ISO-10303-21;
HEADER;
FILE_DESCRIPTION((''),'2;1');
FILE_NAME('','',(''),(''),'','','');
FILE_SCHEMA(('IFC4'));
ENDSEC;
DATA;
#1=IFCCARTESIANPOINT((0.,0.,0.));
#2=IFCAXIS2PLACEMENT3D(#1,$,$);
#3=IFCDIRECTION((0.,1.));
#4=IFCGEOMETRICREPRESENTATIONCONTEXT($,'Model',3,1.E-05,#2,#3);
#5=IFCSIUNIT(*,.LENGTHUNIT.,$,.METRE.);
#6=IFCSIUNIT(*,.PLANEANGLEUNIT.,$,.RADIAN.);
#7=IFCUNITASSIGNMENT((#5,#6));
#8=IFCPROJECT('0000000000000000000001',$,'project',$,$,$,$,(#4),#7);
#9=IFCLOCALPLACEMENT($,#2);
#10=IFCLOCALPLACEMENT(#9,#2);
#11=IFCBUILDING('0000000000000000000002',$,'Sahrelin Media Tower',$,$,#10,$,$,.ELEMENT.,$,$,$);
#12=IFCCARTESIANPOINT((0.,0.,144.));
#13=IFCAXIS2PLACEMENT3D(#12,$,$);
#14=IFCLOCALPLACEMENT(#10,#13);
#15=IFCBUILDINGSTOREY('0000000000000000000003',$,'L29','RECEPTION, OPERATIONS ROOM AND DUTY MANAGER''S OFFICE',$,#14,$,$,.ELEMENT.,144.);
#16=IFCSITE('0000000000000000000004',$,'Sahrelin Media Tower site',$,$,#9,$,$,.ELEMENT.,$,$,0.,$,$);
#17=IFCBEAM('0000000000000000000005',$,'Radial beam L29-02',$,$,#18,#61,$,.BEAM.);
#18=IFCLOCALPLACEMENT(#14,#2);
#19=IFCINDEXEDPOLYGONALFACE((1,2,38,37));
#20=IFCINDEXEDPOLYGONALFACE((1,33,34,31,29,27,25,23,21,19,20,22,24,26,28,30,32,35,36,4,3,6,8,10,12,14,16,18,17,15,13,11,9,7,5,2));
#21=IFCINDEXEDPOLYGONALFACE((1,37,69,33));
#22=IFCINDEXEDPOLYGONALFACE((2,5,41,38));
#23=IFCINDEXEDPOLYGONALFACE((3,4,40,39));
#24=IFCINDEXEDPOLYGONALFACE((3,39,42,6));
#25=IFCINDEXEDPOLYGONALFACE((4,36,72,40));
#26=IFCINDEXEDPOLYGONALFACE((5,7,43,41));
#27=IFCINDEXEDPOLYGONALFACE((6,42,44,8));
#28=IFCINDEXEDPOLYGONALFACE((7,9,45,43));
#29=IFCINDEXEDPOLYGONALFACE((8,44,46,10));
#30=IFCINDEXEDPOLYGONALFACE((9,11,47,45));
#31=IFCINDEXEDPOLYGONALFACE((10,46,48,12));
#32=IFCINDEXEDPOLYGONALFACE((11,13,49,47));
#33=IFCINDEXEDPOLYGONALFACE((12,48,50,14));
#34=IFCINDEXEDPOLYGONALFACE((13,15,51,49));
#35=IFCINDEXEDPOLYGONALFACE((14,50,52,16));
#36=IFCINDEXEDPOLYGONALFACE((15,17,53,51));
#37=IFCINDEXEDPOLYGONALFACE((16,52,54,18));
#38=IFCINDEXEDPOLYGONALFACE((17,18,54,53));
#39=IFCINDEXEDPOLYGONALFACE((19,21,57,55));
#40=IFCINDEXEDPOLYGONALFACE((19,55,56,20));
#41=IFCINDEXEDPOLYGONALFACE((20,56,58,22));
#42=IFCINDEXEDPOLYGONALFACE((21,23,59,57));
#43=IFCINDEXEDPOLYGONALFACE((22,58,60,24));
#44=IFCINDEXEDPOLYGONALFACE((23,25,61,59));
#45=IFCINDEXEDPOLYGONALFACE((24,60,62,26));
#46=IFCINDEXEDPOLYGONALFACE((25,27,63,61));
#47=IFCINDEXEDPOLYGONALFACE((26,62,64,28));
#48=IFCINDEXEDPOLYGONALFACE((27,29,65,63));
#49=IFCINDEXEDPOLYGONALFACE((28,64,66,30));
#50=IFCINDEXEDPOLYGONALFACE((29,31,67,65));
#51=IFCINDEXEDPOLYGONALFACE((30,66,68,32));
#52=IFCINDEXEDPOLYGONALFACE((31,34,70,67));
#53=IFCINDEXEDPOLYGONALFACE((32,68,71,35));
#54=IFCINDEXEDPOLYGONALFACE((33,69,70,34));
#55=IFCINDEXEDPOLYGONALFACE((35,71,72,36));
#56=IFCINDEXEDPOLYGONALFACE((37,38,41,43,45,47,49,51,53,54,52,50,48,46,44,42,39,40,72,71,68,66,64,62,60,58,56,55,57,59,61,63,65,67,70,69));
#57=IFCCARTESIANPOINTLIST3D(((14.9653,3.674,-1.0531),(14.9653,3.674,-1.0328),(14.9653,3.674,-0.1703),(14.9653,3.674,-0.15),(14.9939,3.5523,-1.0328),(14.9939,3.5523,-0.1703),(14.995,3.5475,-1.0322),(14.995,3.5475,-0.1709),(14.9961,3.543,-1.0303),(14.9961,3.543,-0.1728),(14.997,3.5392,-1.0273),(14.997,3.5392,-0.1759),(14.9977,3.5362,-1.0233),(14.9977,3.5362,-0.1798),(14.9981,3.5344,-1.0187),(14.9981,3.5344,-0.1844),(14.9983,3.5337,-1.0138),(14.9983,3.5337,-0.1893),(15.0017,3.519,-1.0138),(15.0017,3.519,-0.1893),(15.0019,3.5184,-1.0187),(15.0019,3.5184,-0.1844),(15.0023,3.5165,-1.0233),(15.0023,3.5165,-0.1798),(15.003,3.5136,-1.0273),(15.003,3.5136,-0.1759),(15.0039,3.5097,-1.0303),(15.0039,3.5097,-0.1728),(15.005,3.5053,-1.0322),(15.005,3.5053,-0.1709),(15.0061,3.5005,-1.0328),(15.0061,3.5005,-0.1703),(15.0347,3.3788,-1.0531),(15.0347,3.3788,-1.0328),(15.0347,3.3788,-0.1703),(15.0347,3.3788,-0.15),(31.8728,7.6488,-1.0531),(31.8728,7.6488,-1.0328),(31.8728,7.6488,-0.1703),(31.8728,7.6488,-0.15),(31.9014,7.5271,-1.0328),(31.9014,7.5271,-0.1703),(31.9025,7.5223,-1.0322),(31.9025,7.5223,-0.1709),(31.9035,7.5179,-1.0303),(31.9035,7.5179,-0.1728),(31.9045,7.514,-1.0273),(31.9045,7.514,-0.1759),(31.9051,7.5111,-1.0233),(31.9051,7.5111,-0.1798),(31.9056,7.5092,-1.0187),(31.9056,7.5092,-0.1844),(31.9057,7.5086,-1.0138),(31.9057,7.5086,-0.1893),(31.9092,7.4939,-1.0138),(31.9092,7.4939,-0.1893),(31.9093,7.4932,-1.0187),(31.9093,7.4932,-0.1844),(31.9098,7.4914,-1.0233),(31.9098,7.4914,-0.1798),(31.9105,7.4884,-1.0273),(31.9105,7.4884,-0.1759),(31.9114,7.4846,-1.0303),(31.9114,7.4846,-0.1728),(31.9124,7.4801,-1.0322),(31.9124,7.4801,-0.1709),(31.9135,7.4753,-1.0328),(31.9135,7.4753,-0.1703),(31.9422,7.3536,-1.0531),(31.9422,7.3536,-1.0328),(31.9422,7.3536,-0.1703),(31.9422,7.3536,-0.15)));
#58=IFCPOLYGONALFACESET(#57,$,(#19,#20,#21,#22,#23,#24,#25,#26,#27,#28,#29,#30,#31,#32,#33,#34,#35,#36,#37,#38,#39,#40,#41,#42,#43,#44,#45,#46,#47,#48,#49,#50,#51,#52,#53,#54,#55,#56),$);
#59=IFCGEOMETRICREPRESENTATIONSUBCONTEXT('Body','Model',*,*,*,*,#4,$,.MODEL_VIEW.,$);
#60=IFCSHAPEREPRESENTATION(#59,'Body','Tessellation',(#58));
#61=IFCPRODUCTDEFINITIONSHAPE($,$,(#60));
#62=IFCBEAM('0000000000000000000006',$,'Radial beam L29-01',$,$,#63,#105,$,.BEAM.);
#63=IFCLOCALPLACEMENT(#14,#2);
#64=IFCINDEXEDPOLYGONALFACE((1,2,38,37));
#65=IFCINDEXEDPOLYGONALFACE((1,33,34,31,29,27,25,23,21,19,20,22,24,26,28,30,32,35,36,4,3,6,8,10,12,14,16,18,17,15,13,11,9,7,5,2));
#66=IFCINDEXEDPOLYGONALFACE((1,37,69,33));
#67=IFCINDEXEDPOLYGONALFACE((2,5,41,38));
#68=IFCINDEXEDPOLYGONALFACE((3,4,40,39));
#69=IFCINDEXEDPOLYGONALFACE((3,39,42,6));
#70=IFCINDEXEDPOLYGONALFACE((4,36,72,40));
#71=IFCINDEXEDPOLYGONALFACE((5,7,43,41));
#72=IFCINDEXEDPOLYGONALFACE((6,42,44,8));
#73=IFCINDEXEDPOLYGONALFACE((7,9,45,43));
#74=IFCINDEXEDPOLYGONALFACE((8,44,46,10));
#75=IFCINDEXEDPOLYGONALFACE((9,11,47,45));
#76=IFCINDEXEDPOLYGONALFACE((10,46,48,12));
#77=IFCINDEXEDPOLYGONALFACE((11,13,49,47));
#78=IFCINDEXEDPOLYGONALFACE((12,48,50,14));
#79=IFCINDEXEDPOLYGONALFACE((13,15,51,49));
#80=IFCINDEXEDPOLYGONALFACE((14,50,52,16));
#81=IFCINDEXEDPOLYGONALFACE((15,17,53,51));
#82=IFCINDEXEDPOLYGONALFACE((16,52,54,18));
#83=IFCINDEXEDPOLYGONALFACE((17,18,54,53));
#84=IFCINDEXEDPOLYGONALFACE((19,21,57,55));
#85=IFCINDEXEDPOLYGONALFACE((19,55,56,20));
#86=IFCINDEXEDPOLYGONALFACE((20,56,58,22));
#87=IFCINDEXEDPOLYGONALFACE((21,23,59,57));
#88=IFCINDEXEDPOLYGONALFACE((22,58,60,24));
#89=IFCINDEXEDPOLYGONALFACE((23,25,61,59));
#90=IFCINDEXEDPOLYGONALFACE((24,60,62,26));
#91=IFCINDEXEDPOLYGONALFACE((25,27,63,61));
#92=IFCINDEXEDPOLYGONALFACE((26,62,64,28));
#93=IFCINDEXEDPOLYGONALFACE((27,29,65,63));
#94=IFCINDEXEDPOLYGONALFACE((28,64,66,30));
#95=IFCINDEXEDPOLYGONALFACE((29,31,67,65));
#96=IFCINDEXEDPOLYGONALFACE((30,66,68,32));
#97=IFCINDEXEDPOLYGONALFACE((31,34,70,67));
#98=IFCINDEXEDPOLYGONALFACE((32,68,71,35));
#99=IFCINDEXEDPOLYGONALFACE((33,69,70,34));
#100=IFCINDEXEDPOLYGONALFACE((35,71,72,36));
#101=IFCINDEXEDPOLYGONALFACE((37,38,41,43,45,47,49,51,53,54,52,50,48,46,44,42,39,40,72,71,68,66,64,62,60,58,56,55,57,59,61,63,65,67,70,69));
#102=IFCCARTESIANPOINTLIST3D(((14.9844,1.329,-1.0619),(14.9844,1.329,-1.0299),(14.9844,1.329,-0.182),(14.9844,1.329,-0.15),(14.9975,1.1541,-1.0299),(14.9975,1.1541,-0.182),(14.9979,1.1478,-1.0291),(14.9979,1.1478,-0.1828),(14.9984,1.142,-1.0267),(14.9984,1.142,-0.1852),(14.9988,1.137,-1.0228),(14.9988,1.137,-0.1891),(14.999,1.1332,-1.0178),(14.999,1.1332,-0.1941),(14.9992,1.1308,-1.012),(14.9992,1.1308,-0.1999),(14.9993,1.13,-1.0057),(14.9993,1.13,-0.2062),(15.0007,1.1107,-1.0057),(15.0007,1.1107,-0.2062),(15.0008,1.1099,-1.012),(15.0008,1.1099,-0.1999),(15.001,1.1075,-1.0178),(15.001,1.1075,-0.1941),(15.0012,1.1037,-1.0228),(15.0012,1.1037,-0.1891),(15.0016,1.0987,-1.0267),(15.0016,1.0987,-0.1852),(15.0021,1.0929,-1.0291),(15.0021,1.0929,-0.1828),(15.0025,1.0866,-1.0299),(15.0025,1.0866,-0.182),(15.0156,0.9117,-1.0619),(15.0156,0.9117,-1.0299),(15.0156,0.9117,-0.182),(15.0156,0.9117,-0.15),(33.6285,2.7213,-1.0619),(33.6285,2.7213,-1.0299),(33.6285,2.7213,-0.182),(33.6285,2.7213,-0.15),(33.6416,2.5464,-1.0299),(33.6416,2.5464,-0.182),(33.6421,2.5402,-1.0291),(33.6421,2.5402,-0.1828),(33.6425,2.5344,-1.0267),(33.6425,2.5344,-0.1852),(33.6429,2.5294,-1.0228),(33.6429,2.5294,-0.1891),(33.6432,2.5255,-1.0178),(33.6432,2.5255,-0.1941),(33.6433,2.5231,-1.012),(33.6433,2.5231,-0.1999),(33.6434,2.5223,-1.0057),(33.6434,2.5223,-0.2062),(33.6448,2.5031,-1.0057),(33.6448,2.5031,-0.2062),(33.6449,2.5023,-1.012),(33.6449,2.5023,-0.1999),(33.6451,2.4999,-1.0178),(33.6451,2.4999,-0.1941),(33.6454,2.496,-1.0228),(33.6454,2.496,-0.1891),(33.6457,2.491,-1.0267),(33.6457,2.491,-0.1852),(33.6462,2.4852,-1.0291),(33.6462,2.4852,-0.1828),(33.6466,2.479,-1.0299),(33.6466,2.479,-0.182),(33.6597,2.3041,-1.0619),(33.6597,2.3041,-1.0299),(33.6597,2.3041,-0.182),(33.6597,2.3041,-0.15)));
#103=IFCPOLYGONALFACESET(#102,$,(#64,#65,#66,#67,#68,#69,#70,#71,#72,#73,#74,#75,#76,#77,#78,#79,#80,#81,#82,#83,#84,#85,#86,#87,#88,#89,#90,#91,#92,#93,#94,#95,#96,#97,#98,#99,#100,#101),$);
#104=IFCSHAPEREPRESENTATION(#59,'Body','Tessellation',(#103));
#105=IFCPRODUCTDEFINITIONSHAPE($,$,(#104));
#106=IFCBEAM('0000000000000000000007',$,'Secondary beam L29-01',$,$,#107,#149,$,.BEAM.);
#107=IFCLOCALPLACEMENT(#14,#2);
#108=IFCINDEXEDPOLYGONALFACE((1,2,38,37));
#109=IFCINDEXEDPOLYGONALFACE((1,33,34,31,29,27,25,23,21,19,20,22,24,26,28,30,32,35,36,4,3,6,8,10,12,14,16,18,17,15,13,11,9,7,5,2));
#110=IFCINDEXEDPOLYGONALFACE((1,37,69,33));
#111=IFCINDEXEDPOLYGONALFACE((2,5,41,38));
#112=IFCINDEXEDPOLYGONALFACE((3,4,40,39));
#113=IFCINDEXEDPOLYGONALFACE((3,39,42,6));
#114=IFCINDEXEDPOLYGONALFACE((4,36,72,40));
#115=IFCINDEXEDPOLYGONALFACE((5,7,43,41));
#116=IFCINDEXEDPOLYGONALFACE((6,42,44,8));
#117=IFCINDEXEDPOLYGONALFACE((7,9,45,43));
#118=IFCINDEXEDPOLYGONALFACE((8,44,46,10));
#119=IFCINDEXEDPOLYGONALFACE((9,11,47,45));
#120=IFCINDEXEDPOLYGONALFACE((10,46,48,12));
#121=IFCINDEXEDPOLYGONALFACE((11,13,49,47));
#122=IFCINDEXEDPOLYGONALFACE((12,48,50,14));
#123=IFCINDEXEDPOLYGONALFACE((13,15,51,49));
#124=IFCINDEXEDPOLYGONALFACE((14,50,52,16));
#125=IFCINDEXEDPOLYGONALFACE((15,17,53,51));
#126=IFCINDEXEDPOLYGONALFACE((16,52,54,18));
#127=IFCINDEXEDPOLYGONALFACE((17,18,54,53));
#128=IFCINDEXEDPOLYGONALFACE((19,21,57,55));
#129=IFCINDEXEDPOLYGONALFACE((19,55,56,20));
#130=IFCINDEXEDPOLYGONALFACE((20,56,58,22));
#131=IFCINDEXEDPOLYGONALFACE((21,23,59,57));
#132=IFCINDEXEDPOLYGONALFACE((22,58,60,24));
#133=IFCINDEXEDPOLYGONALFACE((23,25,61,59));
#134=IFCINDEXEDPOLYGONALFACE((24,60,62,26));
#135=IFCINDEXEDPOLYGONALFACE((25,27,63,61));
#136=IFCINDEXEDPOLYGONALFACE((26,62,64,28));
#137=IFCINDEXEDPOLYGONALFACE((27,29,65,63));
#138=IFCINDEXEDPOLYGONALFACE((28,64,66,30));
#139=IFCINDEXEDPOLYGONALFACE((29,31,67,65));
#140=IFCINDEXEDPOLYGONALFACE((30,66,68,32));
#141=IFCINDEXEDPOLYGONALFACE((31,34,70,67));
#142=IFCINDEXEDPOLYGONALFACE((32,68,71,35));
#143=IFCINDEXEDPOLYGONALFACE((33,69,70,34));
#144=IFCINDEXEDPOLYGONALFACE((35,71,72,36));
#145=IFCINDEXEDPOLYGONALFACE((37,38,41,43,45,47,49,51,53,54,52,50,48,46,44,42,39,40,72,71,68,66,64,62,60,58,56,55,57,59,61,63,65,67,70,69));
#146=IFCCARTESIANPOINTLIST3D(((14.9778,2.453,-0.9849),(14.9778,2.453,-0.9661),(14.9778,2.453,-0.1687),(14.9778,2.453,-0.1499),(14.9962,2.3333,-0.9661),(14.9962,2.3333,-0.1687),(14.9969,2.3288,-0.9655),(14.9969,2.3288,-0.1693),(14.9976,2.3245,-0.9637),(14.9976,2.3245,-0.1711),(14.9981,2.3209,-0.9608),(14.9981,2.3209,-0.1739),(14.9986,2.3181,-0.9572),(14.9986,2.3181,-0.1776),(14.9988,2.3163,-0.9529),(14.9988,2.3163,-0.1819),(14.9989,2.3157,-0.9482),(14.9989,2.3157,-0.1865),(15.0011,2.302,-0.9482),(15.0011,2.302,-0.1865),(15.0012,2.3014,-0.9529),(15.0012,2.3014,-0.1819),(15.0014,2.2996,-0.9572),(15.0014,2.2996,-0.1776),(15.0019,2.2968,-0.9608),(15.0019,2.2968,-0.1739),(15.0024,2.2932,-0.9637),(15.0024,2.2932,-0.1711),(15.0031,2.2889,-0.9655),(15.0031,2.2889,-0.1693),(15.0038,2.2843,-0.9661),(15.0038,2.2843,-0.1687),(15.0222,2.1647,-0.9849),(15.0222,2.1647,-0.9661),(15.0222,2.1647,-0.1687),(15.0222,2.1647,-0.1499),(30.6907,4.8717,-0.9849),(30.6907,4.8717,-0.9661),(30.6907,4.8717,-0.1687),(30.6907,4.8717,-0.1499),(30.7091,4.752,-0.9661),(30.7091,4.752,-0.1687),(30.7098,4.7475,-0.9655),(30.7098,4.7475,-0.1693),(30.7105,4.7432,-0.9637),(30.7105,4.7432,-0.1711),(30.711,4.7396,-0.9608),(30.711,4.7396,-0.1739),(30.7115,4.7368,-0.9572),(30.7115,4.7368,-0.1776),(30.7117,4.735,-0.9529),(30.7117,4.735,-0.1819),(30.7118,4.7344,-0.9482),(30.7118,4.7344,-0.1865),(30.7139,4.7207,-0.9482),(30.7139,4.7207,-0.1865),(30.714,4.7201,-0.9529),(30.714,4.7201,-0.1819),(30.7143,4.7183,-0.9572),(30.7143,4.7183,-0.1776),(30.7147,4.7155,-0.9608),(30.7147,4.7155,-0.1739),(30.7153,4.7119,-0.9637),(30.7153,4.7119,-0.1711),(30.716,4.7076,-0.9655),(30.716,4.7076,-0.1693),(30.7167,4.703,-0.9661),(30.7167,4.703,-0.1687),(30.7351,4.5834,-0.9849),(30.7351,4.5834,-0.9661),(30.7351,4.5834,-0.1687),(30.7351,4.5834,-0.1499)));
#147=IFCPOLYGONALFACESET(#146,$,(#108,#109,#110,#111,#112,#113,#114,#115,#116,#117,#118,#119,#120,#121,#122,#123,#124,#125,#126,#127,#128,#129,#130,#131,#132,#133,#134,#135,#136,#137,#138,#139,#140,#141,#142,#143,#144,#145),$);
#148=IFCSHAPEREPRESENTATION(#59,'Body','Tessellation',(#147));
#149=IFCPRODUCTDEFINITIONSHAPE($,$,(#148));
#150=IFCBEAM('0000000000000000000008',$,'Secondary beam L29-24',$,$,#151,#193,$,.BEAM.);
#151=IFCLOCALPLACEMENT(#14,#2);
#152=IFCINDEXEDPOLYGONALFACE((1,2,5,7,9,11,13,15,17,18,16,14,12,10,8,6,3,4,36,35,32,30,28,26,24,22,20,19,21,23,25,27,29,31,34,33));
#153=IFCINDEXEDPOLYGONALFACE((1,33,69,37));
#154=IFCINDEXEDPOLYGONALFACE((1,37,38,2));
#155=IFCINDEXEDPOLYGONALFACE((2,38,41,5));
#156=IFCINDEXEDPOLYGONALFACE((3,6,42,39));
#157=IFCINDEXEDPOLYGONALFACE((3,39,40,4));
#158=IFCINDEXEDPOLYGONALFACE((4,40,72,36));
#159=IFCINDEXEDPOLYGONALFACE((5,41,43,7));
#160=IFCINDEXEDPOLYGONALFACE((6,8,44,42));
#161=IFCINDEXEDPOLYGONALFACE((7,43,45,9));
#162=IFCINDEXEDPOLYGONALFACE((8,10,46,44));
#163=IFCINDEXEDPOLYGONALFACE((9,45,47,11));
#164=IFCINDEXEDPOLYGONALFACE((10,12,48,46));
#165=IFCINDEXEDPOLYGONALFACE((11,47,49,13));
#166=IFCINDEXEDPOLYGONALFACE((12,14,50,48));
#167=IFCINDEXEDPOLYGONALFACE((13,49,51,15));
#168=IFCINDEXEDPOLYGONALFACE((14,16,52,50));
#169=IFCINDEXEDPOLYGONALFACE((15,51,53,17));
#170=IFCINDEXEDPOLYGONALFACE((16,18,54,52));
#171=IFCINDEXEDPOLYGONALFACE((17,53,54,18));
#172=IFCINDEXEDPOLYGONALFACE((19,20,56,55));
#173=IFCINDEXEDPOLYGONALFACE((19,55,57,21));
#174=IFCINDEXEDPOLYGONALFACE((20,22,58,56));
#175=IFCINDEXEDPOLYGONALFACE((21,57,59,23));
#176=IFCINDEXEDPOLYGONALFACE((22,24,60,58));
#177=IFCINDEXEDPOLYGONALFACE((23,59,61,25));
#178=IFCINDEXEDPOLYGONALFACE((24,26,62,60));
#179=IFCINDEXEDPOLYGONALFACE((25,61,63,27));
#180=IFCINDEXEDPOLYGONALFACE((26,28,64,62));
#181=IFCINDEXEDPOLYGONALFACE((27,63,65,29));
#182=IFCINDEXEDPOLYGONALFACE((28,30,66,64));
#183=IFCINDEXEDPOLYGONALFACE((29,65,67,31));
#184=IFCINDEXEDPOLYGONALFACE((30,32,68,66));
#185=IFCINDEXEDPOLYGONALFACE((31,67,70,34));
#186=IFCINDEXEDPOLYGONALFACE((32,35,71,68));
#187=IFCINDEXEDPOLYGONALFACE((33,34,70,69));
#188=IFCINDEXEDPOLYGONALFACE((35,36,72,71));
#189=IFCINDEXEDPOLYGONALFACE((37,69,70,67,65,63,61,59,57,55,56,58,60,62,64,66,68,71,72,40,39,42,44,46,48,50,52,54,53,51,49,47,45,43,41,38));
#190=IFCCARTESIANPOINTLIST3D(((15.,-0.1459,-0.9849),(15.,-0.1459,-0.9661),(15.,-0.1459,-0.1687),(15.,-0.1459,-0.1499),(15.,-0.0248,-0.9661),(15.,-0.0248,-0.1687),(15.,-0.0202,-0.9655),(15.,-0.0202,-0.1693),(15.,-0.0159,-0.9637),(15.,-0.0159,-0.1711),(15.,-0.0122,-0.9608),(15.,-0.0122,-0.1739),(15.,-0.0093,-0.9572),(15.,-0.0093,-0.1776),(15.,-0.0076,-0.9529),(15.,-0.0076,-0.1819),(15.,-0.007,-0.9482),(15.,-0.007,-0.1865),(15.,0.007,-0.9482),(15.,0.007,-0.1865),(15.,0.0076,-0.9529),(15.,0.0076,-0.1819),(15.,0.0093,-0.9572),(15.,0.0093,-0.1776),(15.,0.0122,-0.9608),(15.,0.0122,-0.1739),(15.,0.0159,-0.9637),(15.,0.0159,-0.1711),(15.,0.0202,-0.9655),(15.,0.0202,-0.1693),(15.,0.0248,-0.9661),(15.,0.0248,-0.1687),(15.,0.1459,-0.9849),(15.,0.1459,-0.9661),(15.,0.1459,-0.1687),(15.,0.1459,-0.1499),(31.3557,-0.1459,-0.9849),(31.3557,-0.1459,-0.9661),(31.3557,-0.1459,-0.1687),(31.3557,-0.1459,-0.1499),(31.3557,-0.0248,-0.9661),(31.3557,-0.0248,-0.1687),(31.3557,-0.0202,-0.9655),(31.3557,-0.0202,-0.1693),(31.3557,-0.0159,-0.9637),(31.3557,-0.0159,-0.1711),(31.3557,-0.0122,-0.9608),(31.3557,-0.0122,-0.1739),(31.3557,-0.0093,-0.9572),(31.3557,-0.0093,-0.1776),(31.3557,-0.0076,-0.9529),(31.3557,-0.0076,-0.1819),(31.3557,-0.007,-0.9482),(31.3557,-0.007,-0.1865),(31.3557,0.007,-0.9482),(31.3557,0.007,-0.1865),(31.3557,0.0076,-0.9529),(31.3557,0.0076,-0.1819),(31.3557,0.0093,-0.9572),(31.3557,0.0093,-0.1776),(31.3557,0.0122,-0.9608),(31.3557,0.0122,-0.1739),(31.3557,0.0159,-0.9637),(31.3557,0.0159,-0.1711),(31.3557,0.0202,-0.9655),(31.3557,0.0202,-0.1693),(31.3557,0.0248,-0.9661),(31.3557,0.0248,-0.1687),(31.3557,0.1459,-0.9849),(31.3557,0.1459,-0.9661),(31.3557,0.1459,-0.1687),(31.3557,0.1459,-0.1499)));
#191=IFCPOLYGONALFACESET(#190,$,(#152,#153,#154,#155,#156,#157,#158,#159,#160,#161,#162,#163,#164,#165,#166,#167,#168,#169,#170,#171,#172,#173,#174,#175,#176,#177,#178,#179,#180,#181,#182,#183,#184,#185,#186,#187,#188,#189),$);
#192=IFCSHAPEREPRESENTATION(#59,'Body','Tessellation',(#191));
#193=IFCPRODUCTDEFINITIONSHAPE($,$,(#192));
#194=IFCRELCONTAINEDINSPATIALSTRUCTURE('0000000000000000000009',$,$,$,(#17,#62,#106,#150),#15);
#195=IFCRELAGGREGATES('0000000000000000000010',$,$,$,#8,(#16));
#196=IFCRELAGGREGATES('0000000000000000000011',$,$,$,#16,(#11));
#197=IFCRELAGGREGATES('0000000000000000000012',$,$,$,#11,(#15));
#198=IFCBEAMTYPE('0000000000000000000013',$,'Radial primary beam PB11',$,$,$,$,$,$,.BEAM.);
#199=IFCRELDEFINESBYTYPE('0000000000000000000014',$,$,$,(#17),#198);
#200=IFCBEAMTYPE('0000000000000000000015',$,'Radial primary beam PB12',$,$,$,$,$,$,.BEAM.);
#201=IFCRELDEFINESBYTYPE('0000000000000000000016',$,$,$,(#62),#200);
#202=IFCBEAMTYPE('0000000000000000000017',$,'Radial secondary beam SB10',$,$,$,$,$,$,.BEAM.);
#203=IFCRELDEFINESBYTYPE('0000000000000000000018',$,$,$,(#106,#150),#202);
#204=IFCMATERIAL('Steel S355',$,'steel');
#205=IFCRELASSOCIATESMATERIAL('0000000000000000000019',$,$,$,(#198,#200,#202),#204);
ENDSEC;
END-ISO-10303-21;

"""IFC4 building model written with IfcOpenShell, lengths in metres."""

from ifc_helpers import new_model, si_unit, direction, frame, origin, origin_2d, place, context, subcontext, project, spatial, i_section, extrude, material, material_profile, profile_set, type_object, element, save


model = new_model("IFC4")

# Units and contexts
model_context = context("Model", 3, precision=1e-05, world=origin(), true_north=direction((0.0, 1.0)))
body_context = subcontext(model_context, "Body", "Model", "MODEL_VIEW")
ifc_project = project(units=[si_unit("LENGTHUNIT", "METRE"), si_unit("PLANEANGLEUNIT", "RADIAN")], contexts=[model_context])

# Site, building, storey
site_placement = place(None, origin())
site = spatial("IfcSite", under=ifc_project, at=site_placement, Name="Sahrelin Media Tower site", CompositionType="ELEMENT", RefElevation=0.0)
building_placement = place(site_placement, origin())
building = spatial("IfcBuilding", under=site, at=building_placement, Name="Sahrelin Media Tower", CompositionType="ELEMENT")
storey_placement = place(building_placement, frame((0.0, 0.0, 144.0)))
storey = spatial("IfcBuildingStorey", under=building, at=storey_placement, Name="L29", Description="RECEPTION, OPERATIONS ROOM AND DUTY MANAGER'S OFFICE", CompositionType="ELEMENT", Elevation=144.0)

# Beams
ifc_material_1 = material(Name="Steel S355", Category="steel")
ifc_material_profile_1 = material_profile(ifc_material_1, i_section(OverallWidth=0.3032, OverallDepth=0.9031, WebThickness=0.0151, FlangeThickness=0.0203, FilletRadius=0.019, at=origin_2d()), Name="UB 914x305x201")
ifc_profile_set_1 = profile_set([ifc_material_profile_1], Name="Steel S355")
beam_type_1 = type_object("IfcBeamType", Name="Radial primary beam PB11", PredefinedType="BEAM", material=ifc_profile_set_1)
beam_1_placement = place(storey_placement, frame((15.0, 3.5264, -0.6016), z_axis=(0.97346, 0.228855, 0.0), x_axis=(-0.228855, 0.97346, 0.0)))
element("IfcBeam", 1, at=beam_1_placement, inside=storey, type_object=beam_type_1, Name="Radial beam L29-02", PredefinedType="BEAM", context=body_context, shape_type="SweptSolid", body=[
    extrude(i_section(OverallWidth=0.3032, OverallDepth=0.9031, WebThickness=0.0151, FlangeThickness=0.0203, FilletRadius=0.019, at=origin_2d()), origin(), (0.0, 0.0, 1.0), 17.3684),
])
ifc_material_profile_2 = material_profile(ifc_material_1, i_section(OverallWidth=0.4185, OverallDepth=0.9119, WebThickness=0.0193, FlangeThickness=0.032, FilletRadius=0.0242, at=origin_2d()), Name="UB 914x419x343")
ifc_profile_set_2 = profile_set([ifc_material_profile_2], Name="Steel S355")
beam_type_2 = type_object("IfcBeamType", Name="Radial primary beam PB12", PredefinedType="BEAM", material=ifc_profile_set_2)
beam_2_placement = place(storey_placement, frame((15.0, 1.1204, -0.606), z_axis=(0.997223, 0.074472, 0.0), x_axis=(-0.074472, 0.997223, 0.0)))
element("IfcBeam", 2, at=beam_2_placement, inside=storey, type_object=beam_type_2, Name="Radial beam L29-01", PredefinedType="BEAM", context=body_context, shape_type="SweptSolid", body=[
    extrude(i_section(OverallWidth=0.4185, OverallDepth=0.9119, WebThickness=0.0193, FlangeThickness=0.032, FilletRadius=0.0242, at=origin_2d()), origin(), (0.0, 0.0, 1.0), 18.696),
])
ifc_material_profile_3 = material_profile(ifc_material_1, i_section(OverallWidth=0.2917, OverallDepth=0.835, WebThickness=0.0139, FlangeThickness=0.0188, FilletRadius=0.0178, at=origin_2d()), Name="UB 838x292x176")
ifc_profile_set_3 = profile_set([ifc_material_profile_3], Name="Steel S355")
beam_type_3 = type_object("IfcBeamType", Name="Radial secondary beam SB10", PredefinedType="BEAM", material=ifc_profile_set_3)
beam_3_placement = place(storey_placement, frame((15.0, 2.3088, -0.5674), z_axis=(0.988359, 0.152139, 0.0), x_axis=(-0.152139, 0.988359, 0.0)))
element("IfcBeam", 3, at=beam_3_placement, inside=storey, type_object=beam_type_3, Name="Secondary beam L29-01", PredefinedType="BEAM", context=body_context, shape_type="SweptSolid", body=[
    extrude(i_section(OverallWidth=0.2917, OverallDepth=0.835, WebThickness=0.0139, FlangeThickness=0.0188, FilletRadius=0.0178, at=origin_2d()), origin(), (0.0, 0.0, 1.0), 15.8979),
])
beam_4_placement = place(storey_placement, frame((15.0, 0.0, -0.5674), z_axis=(1.0, 0.0, 0.0), x_axis=(0.0, 1.0, 0.0)))
element("IfcBeam", 4, at=beam_4_placement, inside=storey, type_object=beam_type_3, Name="Secondary beam L29-24", PredefinedType="BEAM", context=body_context, shape_type="SweptSolid", body=[
    extrude(i_section(OverallWidth=0.2917, OverallDepth=0.835, WebThickness=0.0139, FlangeThickness=0.0188, FilletRadius=0.0178, at=origin_2d()), origin(), (0.0, 0.0, 1.0), 16.3557),
])

save(model, "model.ifc")
